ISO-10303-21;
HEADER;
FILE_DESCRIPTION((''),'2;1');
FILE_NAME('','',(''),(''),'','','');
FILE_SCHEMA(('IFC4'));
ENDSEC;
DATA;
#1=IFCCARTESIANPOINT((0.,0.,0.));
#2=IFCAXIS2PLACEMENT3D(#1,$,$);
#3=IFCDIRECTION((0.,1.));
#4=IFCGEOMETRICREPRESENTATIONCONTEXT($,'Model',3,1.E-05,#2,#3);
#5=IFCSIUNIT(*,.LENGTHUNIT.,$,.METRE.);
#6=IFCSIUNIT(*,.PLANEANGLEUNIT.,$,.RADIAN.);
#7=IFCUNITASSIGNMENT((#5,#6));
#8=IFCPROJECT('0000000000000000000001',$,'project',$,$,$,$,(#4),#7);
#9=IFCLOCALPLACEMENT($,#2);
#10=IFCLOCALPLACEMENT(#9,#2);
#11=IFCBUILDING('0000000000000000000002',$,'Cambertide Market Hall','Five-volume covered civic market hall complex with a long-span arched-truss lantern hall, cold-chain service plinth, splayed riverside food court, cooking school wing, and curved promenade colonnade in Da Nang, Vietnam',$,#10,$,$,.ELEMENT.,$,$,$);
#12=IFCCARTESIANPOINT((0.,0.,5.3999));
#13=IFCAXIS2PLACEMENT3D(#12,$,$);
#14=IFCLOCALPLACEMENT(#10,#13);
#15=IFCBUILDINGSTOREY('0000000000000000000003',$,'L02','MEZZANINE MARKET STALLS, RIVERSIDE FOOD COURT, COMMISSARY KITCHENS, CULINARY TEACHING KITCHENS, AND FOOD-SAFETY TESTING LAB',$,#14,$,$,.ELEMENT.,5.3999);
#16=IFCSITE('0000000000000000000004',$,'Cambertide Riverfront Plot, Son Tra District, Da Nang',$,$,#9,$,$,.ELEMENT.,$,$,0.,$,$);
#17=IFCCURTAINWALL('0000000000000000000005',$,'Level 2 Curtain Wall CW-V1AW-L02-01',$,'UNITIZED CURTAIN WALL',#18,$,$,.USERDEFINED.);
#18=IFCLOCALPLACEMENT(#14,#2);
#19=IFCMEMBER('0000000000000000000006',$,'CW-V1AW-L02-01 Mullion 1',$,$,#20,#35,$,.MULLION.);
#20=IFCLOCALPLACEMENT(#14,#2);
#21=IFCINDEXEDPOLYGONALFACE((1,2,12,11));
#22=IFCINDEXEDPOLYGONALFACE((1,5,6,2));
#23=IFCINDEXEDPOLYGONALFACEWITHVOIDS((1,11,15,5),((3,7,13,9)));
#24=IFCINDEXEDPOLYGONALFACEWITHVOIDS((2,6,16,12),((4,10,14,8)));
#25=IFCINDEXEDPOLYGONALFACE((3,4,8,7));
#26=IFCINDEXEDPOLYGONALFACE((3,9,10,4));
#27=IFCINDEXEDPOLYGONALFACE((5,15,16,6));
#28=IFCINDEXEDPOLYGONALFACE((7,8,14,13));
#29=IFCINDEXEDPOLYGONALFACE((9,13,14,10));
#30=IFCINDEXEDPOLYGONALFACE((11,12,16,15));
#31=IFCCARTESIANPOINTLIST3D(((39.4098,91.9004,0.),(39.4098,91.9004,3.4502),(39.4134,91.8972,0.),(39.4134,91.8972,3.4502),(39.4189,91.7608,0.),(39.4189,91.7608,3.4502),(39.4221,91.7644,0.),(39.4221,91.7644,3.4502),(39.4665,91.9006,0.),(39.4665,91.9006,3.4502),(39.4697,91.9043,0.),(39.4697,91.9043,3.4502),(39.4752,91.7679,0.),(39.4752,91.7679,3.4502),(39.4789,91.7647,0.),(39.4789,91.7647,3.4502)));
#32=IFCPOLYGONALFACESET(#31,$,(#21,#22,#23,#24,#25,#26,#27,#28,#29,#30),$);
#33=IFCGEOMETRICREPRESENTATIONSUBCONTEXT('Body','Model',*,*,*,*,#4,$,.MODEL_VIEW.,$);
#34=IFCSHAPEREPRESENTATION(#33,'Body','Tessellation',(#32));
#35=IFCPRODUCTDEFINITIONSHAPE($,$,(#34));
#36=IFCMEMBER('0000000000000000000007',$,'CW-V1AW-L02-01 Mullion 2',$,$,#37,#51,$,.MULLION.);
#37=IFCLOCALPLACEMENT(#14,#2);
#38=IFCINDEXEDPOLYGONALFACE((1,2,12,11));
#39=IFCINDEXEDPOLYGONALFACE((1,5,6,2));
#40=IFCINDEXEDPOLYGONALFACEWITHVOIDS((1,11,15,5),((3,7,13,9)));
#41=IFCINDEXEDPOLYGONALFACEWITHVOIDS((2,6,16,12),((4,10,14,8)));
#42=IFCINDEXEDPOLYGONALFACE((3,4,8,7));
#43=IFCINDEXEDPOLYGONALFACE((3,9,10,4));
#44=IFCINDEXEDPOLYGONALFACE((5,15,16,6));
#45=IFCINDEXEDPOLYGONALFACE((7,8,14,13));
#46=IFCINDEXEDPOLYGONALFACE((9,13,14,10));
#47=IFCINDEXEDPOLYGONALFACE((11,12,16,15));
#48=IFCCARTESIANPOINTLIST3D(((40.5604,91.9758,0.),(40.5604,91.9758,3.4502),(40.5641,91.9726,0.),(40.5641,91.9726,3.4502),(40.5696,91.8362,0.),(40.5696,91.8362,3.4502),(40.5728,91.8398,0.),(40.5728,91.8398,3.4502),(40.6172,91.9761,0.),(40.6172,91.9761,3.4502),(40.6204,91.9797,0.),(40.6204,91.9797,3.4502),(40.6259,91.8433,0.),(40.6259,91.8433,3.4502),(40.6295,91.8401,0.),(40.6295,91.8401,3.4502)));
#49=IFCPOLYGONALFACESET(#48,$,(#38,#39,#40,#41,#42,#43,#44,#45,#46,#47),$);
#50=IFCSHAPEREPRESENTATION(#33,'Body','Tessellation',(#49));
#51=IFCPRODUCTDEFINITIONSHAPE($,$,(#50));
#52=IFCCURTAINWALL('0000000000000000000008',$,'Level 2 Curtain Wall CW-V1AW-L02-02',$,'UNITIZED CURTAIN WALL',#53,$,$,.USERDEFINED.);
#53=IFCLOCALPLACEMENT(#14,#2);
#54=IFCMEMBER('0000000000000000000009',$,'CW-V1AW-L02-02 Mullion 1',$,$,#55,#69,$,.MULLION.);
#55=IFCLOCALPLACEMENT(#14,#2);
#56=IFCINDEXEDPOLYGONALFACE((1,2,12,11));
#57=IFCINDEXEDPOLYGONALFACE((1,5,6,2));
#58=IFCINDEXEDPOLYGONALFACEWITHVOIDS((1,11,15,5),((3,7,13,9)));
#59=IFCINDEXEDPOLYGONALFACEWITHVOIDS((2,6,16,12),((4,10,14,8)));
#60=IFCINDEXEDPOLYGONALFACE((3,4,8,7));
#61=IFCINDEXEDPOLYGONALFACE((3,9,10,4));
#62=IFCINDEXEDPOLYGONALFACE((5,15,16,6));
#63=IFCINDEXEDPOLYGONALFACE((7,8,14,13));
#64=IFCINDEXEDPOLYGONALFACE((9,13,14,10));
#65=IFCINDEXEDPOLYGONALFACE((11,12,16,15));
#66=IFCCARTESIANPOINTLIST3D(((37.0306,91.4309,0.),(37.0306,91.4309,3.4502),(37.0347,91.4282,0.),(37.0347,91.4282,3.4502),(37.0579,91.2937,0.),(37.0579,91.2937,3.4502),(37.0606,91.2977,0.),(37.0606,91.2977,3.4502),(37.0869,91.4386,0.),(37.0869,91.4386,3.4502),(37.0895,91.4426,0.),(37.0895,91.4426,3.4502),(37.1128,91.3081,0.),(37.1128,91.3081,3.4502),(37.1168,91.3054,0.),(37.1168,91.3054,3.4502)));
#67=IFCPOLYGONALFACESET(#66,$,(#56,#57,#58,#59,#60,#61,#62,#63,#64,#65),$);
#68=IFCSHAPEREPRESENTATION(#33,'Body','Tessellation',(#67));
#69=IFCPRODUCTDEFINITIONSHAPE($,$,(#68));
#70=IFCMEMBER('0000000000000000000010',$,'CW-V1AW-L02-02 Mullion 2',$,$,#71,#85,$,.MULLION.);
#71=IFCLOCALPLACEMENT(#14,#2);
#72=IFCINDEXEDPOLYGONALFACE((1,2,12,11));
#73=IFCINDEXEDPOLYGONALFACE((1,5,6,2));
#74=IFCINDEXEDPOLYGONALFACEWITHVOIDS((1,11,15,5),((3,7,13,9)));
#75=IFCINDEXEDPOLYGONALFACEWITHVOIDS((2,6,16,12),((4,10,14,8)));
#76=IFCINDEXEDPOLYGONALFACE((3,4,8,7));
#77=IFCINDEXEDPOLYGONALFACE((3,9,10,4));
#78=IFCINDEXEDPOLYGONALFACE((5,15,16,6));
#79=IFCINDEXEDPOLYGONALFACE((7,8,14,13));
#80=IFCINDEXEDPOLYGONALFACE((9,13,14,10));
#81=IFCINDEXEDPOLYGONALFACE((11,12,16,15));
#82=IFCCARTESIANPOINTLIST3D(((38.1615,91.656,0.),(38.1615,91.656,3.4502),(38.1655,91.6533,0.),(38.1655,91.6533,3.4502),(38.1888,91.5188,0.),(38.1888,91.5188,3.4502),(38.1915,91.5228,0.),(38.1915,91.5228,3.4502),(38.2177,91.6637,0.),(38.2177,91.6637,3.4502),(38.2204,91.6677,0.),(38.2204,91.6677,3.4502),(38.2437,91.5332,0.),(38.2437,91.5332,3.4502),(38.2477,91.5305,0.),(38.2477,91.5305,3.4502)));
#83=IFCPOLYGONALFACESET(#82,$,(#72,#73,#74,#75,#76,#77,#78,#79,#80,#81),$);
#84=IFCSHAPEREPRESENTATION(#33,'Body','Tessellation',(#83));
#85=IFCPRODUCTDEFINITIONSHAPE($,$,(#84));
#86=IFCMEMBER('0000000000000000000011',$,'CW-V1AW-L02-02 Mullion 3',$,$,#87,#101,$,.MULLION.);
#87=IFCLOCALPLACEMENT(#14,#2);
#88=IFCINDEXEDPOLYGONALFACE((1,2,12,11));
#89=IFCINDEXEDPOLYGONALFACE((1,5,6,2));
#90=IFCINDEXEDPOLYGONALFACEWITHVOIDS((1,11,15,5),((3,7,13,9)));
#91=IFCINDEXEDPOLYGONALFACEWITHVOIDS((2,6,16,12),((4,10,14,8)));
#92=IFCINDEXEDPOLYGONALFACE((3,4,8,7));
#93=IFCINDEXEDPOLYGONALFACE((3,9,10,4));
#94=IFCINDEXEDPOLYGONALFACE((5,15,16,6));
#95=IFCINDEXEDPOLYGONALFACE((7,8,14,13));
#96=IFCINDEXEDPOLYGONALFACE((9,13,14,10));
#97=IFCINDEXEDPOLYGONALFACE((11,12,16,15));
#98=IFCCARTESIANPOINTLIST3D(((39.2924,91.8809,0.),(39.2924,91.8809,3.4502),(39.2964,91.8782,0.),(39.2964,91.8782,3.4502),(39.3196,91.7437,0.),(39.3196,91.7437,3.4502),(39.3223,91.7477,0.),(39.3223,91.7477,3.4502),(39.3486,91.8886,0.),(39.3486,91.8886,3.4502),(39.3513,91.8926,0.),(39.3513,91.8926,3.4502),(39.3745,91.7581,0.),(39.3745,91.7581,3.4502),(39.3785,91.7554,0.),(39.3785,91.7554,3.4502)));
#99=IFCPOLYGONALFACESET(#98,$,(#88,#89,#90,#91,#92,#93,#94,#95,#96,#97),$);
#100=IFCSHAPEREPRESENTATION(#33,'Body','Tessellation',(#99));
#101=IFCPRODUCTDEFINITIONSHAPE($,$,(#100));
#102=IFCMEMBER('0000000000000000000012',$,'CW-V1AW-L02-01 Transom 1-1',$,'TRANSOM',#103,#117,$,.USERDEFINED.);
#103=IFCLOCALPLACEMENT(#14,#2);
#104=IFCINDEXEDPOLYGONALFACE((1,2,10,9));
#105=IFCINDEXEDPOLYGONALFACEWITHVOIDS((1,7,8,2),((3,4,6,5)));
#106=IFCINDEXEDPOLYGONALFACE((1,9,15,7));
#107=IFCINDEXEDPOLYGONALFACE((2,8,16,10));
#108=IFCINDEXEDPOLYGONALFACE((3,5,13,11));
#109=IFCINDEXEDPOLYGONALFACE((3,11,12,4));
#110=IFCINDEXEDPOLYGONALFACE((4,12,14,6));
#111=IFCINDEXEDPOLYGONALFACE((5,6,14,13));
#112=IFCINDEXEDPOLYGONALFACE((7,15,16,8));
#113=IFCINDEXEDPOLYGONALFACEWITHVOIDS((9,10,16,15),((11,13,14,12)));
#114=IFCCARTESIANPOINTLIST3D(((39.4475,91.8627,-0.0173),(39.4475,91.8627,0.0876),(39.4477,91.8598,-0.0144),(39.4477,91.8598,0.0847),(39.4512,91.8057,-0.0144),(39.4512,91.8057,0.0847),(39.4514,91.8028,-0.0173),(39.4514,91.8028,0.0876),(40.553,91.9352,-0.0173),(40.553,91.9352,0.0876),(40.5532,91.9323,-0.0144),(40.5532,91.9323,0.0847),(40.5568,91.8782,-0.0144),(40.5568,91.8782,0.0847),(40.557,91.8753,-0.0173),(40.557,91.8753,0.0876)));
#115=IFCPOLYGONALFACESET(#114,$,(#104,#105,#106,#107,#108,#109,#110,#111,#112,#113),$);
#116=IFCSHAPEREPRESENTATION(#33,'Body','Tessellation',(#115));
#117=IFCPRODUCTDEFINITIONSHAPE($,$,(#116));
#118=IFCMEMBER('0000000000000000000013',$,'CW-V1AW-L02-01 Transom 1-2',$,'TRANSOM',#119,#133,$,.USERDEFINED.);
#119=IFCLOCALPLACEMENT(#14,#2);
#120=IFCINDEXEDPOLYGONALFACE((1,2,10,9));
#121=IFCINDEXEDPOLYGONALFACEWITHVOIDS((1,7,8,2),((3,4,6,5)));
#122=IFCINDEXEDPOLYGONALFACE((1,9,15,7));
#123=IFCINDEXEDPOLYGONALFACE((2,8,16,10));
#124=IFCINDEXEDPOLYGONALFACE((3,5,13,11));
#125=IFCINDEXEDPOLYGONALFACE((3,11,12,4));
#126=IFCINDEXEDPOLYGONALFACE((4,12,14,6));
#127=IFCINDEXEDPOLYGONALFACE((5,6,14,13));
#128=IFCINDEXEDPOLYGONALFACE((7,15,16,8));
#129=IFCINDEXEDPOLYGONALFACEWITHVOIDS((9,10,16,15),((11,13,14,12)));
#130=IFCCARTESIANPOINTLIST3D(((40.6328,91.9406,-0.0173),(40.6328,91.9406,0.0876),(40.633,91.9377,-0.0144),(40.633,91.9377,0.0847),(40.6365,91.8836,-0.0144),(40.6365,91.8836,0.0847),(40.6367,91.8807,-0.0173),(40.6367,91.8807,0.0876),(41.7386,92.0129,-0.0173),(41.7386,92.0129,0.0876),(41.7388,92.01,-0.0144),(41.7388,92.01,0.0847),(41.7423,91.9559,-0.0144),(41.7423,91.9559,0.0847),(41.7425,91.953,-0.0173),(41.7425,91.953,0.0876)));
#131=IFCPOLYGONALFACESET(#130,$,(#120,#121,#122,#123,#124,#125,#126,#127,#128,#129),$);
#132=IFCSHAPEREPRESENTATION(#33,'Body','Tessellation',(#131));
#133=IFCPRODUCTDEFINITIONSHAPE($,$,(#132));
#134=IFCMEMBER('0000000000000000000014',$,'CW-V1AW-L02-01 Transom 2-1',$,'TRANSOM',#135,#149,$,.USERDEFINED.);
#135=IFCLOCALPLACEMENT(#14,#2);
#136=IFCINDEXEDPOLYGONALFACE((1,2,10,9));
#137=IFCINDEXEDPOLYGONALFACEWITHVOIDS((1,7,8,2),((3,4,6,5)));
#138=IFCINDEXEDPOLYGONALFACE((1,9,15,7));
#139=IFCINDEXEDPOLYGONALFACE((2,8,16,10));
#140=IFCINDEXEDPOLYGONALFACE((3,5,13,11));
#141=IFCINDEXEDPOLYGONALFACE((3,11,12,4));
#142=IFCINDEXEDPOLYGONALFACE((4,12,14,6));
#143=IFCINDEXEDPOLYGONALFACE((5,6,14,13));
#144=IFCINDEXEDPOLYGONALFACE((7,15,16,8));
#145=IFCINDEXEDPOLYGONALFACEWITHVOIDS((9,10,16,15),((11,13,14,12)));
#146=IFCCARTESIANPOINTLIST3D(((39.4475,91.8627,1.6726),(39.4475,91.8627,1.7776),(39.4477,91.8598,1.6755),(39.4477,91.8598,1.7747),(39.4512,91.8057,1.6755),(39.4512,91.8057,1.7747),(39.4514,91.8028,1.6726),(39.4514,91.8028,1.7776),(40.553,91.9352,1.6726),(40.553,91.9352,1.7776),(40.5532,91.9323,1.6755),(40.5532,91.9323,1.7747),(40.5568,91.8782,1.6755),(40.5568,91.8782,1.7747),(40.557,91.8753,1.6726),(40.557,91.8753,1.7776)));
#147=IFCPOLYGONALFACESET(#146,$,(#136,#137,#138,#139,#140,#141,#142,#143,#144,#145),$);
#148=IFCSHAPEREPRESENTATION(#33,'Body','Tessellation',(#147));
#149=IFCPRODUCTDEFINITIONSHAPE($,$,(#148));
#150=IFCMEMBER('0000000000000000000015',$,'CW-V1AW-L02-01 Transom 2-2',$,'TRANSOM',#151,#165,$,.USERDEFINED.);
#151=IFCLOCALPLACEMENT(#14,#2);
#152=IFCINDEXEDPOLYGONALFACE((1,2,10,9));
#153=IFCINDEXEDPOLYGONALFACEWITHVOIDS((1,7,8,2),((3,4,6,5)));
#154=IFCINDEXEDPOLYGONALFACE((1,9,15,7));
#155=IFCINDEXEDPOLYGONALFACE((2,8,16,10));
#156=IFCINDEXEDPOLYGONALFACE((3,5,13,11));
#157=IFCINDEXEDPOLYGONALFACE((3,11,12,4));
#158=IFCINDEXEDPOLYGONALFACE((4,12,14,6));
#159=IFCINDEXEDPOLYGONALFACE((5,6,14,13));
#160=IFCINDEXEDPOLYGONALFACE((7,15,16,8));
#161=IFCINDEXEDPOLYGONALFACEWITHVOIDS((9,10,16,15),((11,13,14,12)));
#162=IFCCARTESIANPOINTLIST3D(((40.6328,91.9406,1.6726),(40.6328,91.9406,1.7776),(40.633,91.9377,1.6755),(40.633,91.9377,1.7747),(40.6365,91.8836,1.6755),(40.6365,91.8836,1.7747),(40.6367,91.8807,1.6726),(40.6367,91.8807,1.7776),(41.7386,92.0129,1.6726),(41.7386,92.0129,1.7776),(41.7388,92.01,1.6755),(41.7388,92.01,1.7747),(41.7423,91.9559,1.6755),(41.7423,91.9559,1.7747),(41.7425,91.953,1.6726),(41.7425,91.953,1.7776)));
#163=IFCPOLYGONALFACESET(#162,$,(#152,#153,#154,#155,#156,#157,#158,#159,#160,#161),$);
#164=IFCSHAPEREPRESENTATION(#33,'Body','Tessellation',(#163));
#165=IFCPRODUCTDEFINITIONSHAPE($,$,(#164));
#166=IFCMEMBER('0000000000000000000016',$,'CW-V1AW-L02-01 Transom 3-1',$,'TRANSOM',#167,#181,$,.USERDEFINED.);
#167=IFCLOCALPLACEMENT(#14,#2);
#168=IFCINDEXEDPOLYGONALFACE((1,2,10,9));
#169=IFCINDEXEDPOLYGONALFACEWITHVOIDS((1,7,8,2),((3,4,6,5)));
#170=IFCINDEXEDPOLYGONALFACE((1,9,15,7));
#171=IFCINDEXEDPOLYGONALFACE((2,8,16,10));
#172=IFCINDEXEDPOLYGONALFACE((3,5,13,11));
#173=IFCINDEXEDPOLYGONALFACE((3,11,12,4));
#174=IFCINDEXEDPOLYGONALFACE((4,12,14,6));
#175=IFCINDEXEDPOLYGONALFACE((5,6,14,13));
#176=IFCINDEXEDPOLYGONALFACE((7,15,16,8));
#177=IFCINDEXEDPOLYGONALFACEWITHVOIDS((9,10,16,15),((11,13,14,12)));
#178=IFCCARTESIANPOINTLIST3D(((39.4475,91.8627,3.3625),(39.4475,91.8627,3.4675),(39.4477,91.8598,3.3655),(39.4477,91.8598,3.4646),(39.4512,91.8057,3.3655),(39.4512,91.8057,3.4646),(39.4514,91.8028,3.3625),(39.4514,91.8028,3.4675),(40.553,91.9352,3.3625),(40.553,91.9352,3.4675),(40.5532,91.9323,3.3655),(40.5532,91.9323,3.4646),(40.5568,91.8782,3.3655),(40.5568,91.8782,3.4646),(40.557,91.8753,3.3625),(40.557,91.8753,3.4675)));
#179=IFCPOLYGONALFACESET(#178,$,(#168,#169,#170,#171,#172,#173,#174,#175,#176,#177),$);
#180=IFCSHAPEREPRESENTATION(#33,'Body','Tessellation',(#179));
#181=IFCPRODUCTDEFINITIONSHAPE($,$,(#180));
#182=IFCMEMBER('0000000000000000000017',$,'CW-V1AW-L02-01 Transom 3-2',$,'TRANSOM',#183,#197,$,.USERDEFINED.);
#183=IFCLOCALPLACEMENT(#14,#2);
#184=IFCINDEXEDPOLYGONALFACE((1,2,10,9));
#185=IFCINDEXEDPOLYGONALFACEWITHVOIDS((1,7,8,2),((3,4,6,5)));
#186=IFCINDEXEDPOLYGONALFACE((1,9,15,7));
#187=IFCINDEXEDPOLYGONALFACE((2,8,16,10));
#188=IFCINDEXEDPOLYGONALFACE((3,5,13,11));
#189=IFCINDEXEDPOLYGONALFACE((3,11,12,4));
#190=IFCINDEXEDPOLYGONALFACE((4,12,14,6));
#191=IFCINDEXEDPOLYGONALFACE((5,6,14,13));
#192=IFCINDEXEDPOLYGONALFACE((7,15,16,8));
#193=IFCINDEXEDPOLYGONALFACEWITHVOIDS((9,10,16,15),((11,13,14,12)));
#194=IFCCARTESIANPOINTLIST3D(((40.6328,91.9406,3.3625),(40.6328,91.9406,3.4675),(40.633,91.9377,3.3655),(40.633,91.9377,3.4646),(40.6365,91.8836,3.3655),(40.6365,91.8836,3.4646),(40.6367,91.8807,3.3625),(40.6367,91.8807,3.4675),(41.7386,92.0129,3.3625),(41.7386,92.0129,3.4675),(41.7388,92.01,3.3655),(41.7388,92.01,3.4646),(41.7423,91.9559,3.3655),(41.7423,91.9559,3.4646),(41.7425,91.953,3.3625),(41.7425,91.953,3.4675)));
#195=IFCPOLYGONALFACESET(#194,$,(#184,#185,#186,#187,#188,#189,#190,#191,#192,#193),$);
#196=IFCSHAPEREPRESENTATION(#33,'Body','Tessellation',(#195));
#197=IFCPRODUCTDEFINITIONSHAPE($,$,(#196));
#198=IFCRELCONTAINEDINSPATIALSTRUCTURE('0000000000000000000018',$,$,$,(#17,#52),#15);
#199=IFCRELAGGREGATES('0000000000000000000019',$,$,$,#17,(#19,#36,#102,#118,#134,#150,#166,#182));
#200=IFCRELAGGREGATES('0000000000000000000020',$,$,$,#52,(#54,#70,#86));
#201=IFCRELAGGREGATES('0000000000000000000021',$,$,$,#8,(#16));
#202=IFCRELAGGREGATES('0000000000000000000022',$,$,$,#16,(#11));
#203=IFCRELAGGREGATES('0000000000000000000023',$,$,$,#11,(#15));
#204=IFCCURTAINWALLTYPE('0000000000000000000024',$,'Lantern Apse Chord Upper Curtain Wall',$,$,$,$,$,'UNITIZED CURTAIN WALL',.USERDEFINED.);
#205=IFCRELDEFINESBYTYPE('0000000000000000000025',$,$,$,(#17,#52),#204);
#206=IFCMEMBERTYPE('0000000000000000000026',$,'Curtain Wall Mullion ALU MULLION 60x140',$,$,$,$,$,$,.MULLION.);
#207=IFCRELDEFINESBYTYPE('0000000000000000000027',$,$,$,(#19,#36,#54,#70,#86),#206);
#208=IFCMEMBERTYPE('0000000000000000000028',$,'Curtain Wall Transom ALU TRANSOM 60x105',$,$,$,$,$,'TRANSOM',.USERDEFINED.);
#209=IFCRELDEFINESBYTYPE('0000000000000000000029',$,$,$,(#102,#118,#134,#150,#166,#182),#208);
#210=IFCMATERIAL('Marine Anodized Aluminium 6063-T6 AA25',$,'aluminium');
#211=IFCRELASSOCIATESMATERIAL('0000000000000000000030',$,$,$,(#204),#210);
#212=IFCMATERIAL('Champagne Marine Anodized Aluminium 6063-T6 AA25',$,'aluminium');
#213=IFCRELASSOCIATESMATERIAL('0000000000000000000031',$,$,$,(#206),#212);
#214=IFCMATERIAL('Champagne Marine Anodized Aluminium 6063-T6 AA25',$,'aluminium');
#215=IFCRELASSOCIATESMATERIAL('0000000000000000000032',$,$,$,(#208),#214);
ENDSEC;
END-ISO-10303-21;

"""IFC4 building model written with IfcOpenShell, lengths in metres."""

from ifc_helpers import new_model, si_unit, direction, frame, origin, origin_2d, place, context, subcontext, project, spatial, hollow_rectangle, extrude, material, material_profile, profile_set, type_object, element, aggregate, save


model = new_model("IFC4")

# Units and contexts
model_context = context("Model", 3, precision=1e-05, world=origin(), true_north=direction((0.0, 1.0)))
body_context = subcontext(model_context, "Body", "Model", "MODEL_VIEW")
ifc_project = project(units=[si_unit("LENGTHUNIT", "METRE"), si_unit("PLANEANGLEUNIT", "RADIAN")], contexts=[model_context])

# Site, building, storey
site_placement = place(None, origin())
site = spatial("IfcSite", under=ifc_project, at=site_placement, Name="Cambertide Riverfront Plot, Son Tra District, Da Nang", CompositionType="ELEMENT", RefElevation=0.0)
building_placement = place(site_placement, origin())
building = spatial("IfcBuilding", under=site, at=building_placement, Name="Cambertide Market Hall", Description="Five-volume covered civic market hall complex with a long-span arched-truss lantern hall, cold-chain service plinth, splayed riverside food court, cooking school wing, and curved promenade colonnade in Da Nang, Vietnam", CompositionType="ELEMENT")
storey_placement = place(building_placement, frame((0.0, 0.0, 5.3999)))
storey = spatial("IfcBuildingStorey", under=building, at=storey_placement, Name="L02", Description="MEZZANINE MARKET STALLS, RIVERSIDE FOOD COURT, COMMISSARY KITCHENS, CULINARY TEACHING KITCHENS, AND FOOD-SAFETY TESTING LAB", CompositionType="ELEMENT", Elevation=5.3999)

# Curtain walls, members
ifc_material_1 = material(Name="Marine Anodized Aluminium 6063-T6 AA25", Category="aluminium")
curtain_wall_type = type_object("IfcCurtainWallType", Name="Lantern Apse Chord Upper Curtain Wall", ElementType="UNITIZED CURTAIN WALL", PredefinedType="USERDEFINED", material=ifc_material_1)
curtain_wall_1_placement = place(storey_placement, origin())
curtain_wall_1 = element("IfcCurtainWall", 1, at=curtain_wall_1_placement, inside=storey, type_object=curtain_wall_type, Name="Level 2 Curtain Wall CW-V1AW-L02-01", ObjectType="UNITIZED CURTAIN WALL", PredefinedType="USERDEFINED")
ifc_material_2 = material(Name="Champagne Marine Anodized Aluminium 6063-T6 AA25", Category="aluminium")
ifc_material_profile_1 = material_profile(ifc_material_2, hollow_rectangle(XDim=0.0601, YDim=0.1399, WallThickness=0.0034, at=origin_2d()), Name="ALU MULLION 60x140")
ifc_profile_set_1 = profile_set([ifc_material_profile_1], Name="Champagne Marine Anodized Aluminium 6063-T6 AA25")
member_type_1 = type_object("IfcMemberType", Name="Curtain Wall Mullion ALU MULLION 60x140", PredefinedType="MULLION", material=ifc_profile_set_1)
member_1_placement = place(storey_placement, frame((39.4443, 91.8325, 0.0), z_axis=(0.0, 0.0, 1.0), x_axis=(0.997859, 0.065403, 0.0)))
member_1 = element("IfcMember", 2, at=member_1_placement, type_object=member_type_1, Name="CW-V1AW-L02-01 Mullion 1", PredefinedType="MULLION", context=body_context, shape_type="SweptSolid", body=[
    extrude(hollow_rectangle(XDim=0.0601, YDim=0.1399, WallThickness=0.0034, at=origin_2d()), origin(), (0.0, 0.0, 1.0), 3.4502),
])
member_2_placement = place(storey_placement, frame((40.595, 91.908, 0.0), z_axis=(0.0, 0.0, 1.0), x_axis=(0.997859, 0.065403, 0.0)))
member_2 = element("IfcMember", 3, at=member_2_placement, type_object=member_type_1, Name="CW-V1AW-L02-01 Mullion 2", PredefinedType="MULLION", context=body_context, shape_type="SweptSolid", body=[
    extrude(hollow_rectangle(XDim=0.0601, YDim=0.1399, WallThickness=0.0034, at=origin_2d()), origin(), (0.0, 0.0, 1.0), 3.4502),
])
curtain_wall_2_placement = place(storey_placement, origin())
curtain_wall_2 = element("IfcCurtainWall", 4, at=curtain_wall_2_placement, inside=storey, type_object=curtain_wall_type, Name="Level 2 Curtain Wall CW-V1AW-L02-02", ObjectType="UNITIZED CURTAIN WALL", PredefinedType="USERDEFINED")
member_3_placement = place(storey_placement, frame((37.0737, 91.3682, 0.0), z_axis=(0.0, 0.0, 1.0), x_axis=(0.980785, 0.19509, 0.0)))
member_3 = element("IfcMember", 5, at=member_3_placement, type_object=member_type_1, Name="CW-V1AW-L02-02 Mullion 1", PredefinedType="MULLION", context=body_context, shape_type="SweptSolid", body=[
    extrude(hollow_rectangle(XDim=0.0601, YDim=0.1399, WallThickness=0.0034, at=origin_2d()), origin(), (0.0, 0.0, 1.0), 3.4502),
])
member_4_placement = place(storey_placement, frame((38.2046, 91.5933, 0.0), z_axis=(0.0, 0.0, 1.0), x_axis=(0.980785, 0.19509, 0.0)))
member_4 = element("IfcMember", 6, at=member_4_placement, type_object=member_type_1, Name="CW-V1AW-L02-02 Mullion 2", PredefinedType="MULLION", context=body_context, shape_type="SweptSolid", body=[
    extrude(hollow_rectangle(XDim=0.0601, YDim=0.1399, WallThickness=0.0034, at=origin_2d()), origin(), (0.0, 0.0, 1.0), 3.4502),
])
member_5_placement = place(storey_placement, frame((39.3354, 91.8181, 0.0), z_axis=(0.0, 0.0, 1.0), x_axis=(0.980785, 0.19509, 0.0)))
member_5 = element("IfcMember", 7, at=member_5_placement, type_object=member_type_1, Name="CW-V1AW-L02-02 Mullion 3", PredefinedType="MULLION", context=body_context, shape_type="SweptSolid", body=[
    extrude(hollow_rectangle(XDim=0.0601, YDim=0.1399, WallThickness=0.0034, at=origin_2d()), origin(), (0.0, 0.0, 1.0), 3.4502),
])

# Members
ifc_material_3 = material(Name="Champagne Marine Anodized Aluminium 6063-T6 AA25", Category="aluminium")
ifc_material_profile_2 = material_profile(ifc_material_3, hollow_rectangle(XDim=0.0601, YDim=0.105, WallThickness=0.0029, at=origin_2d()), Name="ALU TRANSOM 60x105")
ifc_profile_set_2 = profile_set([ifc_material_profile_2], Name="Champagne Marine Anodized Aluminium 6063-T6 AA25")
member_type_2 = type_object("IfcMemberType", Name="Curtain Wall Transom ALU TRANSOM 60x105", ElementType="TRANSOM", PredefinedType="USERDEFINED", material=ifc_profile_set_2)
member_6_placement = place(storey_placement, frame((39.4495, 91.8328, 0.0352), z_axis=(0.997856, 0.065451, 0.0), x_axis=(-0.065451, 0.997856, 0.0)))
member_6 = element("IfcMember", 8, at=member_6_placement, type_object=member_type_2, Name="CW-V1AW-L02-01 Transom 1-1", ObjectType="TRANSOM", PredefinedType="USERDEFINED", context=body_context, shape_type="SweptSolid", body=[
    extrude(hollow_rectangle(XDim=0.0601, YDim=0.105, WallThickness=0.0029, at=origin_2d()), origin(), (0.0, 0.0, 1.0), 1.1079),
])
member_7_placement = place(storey_placement, frame((40.6348, 91.9106, 0.0352), z_axis=(0.997871, 0.065217, 0.0), x_axis=(-0.065217, 0.997871, 0.0)))
member_7 = element("IfcMember", 9, at=member_7_placement, type_object=member_type_2, Name="CW-V1AW-L02-01 Transom 1-2", ObjectType="TRANSOM", PredefinedType="USERDEFINED", context=body_context, shape_type="SweptSolid", body=[
    extrude(hollow_rectangle(XDim=0.0601, YDim=0.105, WallThickness=0.0029, at=origin_2d()), origin(), (0.0, 0.0, 1.0), 1.1082),
])
member_8_placement = place(storey_placement, frame((39.4495, 91.8328, 1.7251), z_axis=(0.997856, 0.065451, 0.0), x_axis=(-0.065451, 0.997856, 0.0)))
member_8 = element("IfcMember", 10, at=member_8_placement, type_object=member_type_2, Name="CW-V1AW-L02-01 Transom 2-1", ObjectType="TRANSOM", PredefinedType="USERDEFINED", context=body_context, shape_type="SweptSolid", body=[
    extrude(hollow_rectangle(XDim=0.0601, YDim=0.105, WallThickness=0.0029, at=origin_2d()), origin(), (0.0, 0.0, 1.0), 1.1079),
])
member_9_placement = place(storey_placement, frame((40.6348, 91.9106, 1.7251), z_axis=(0.997871, 0.065217, 0.0), x_axis=(-0.065217, 0.997871, 0.0)))
member_9 = element("IfcMember", 11, at=member_9_placement, type_object=member_type_2, Name="CW-V1AW-L02-01 Transom 2-2", ObjectType="TRANSOM", PredefinedType="USERDEFINED", context=body_context, shape_type="SweptSolid", body=[
    extrude(hollow_rectangle(XDim=0.0601, YDim=0.105, WallThickness=0.0029, at=origin_2d()), origin(), (0.0, 0.0, 1.0), 1.1082),
])
member_10_placement = place(storey_placement, frame((39.4495, 91.8328, 3.415), z_axis=(0.997856, 0.065451, 0.0), x_axis=(-0.065451, 0.997856, 0.0)))
member_10 = element("IfcMember", 12, at=member_10_placement, type_object=member_type_2, Name="CW-V1AW-L02-01 Transom 3-1", ObjectType="TRANSOM", PredefinedType="USERDEFINED", context=body_context, shape_type="SweptSolid", body=[
    extrude(hollow_rectangle(XDim=0.0601, YDim=0.105, WallThickness=0.0029, at=origin_2d()), origin(), (0.0, 0.0, 1.0), 1.1079),
])
member_11_placement = place(storey_placement, frame((40.6348, 91.9106, 3.415), z_axis=(0.997871, 0.065217, 0.0), x_axis=(-0.065217, 0.997871, 0.0)))
member_11 = element("IfcMember", 13, at=member_11_placement, type_object=member_type_2, Name="CW-V1AW-L02-01 Transom 3-2", ObjectType="TRANSOM", PredefinedType="USERDEFINED", context=body_context, shape_type="SweptSolid", body=[
    extrude(hollow_rectangle(XDim=0.0601, YDim=0.105, WallThickness=0.0029, at=origin_2d()), origin(), (0.0, 0.0, 1.0), 1.1082),
])

aggregate(curtain_wall_1, [member_1, member_2, member_6, member_7, member_8, member_9, member_10, member_11])
aggregate(curtain_wall_2, [member_3, member_4, member_5])

save(model, "model.ifc")
